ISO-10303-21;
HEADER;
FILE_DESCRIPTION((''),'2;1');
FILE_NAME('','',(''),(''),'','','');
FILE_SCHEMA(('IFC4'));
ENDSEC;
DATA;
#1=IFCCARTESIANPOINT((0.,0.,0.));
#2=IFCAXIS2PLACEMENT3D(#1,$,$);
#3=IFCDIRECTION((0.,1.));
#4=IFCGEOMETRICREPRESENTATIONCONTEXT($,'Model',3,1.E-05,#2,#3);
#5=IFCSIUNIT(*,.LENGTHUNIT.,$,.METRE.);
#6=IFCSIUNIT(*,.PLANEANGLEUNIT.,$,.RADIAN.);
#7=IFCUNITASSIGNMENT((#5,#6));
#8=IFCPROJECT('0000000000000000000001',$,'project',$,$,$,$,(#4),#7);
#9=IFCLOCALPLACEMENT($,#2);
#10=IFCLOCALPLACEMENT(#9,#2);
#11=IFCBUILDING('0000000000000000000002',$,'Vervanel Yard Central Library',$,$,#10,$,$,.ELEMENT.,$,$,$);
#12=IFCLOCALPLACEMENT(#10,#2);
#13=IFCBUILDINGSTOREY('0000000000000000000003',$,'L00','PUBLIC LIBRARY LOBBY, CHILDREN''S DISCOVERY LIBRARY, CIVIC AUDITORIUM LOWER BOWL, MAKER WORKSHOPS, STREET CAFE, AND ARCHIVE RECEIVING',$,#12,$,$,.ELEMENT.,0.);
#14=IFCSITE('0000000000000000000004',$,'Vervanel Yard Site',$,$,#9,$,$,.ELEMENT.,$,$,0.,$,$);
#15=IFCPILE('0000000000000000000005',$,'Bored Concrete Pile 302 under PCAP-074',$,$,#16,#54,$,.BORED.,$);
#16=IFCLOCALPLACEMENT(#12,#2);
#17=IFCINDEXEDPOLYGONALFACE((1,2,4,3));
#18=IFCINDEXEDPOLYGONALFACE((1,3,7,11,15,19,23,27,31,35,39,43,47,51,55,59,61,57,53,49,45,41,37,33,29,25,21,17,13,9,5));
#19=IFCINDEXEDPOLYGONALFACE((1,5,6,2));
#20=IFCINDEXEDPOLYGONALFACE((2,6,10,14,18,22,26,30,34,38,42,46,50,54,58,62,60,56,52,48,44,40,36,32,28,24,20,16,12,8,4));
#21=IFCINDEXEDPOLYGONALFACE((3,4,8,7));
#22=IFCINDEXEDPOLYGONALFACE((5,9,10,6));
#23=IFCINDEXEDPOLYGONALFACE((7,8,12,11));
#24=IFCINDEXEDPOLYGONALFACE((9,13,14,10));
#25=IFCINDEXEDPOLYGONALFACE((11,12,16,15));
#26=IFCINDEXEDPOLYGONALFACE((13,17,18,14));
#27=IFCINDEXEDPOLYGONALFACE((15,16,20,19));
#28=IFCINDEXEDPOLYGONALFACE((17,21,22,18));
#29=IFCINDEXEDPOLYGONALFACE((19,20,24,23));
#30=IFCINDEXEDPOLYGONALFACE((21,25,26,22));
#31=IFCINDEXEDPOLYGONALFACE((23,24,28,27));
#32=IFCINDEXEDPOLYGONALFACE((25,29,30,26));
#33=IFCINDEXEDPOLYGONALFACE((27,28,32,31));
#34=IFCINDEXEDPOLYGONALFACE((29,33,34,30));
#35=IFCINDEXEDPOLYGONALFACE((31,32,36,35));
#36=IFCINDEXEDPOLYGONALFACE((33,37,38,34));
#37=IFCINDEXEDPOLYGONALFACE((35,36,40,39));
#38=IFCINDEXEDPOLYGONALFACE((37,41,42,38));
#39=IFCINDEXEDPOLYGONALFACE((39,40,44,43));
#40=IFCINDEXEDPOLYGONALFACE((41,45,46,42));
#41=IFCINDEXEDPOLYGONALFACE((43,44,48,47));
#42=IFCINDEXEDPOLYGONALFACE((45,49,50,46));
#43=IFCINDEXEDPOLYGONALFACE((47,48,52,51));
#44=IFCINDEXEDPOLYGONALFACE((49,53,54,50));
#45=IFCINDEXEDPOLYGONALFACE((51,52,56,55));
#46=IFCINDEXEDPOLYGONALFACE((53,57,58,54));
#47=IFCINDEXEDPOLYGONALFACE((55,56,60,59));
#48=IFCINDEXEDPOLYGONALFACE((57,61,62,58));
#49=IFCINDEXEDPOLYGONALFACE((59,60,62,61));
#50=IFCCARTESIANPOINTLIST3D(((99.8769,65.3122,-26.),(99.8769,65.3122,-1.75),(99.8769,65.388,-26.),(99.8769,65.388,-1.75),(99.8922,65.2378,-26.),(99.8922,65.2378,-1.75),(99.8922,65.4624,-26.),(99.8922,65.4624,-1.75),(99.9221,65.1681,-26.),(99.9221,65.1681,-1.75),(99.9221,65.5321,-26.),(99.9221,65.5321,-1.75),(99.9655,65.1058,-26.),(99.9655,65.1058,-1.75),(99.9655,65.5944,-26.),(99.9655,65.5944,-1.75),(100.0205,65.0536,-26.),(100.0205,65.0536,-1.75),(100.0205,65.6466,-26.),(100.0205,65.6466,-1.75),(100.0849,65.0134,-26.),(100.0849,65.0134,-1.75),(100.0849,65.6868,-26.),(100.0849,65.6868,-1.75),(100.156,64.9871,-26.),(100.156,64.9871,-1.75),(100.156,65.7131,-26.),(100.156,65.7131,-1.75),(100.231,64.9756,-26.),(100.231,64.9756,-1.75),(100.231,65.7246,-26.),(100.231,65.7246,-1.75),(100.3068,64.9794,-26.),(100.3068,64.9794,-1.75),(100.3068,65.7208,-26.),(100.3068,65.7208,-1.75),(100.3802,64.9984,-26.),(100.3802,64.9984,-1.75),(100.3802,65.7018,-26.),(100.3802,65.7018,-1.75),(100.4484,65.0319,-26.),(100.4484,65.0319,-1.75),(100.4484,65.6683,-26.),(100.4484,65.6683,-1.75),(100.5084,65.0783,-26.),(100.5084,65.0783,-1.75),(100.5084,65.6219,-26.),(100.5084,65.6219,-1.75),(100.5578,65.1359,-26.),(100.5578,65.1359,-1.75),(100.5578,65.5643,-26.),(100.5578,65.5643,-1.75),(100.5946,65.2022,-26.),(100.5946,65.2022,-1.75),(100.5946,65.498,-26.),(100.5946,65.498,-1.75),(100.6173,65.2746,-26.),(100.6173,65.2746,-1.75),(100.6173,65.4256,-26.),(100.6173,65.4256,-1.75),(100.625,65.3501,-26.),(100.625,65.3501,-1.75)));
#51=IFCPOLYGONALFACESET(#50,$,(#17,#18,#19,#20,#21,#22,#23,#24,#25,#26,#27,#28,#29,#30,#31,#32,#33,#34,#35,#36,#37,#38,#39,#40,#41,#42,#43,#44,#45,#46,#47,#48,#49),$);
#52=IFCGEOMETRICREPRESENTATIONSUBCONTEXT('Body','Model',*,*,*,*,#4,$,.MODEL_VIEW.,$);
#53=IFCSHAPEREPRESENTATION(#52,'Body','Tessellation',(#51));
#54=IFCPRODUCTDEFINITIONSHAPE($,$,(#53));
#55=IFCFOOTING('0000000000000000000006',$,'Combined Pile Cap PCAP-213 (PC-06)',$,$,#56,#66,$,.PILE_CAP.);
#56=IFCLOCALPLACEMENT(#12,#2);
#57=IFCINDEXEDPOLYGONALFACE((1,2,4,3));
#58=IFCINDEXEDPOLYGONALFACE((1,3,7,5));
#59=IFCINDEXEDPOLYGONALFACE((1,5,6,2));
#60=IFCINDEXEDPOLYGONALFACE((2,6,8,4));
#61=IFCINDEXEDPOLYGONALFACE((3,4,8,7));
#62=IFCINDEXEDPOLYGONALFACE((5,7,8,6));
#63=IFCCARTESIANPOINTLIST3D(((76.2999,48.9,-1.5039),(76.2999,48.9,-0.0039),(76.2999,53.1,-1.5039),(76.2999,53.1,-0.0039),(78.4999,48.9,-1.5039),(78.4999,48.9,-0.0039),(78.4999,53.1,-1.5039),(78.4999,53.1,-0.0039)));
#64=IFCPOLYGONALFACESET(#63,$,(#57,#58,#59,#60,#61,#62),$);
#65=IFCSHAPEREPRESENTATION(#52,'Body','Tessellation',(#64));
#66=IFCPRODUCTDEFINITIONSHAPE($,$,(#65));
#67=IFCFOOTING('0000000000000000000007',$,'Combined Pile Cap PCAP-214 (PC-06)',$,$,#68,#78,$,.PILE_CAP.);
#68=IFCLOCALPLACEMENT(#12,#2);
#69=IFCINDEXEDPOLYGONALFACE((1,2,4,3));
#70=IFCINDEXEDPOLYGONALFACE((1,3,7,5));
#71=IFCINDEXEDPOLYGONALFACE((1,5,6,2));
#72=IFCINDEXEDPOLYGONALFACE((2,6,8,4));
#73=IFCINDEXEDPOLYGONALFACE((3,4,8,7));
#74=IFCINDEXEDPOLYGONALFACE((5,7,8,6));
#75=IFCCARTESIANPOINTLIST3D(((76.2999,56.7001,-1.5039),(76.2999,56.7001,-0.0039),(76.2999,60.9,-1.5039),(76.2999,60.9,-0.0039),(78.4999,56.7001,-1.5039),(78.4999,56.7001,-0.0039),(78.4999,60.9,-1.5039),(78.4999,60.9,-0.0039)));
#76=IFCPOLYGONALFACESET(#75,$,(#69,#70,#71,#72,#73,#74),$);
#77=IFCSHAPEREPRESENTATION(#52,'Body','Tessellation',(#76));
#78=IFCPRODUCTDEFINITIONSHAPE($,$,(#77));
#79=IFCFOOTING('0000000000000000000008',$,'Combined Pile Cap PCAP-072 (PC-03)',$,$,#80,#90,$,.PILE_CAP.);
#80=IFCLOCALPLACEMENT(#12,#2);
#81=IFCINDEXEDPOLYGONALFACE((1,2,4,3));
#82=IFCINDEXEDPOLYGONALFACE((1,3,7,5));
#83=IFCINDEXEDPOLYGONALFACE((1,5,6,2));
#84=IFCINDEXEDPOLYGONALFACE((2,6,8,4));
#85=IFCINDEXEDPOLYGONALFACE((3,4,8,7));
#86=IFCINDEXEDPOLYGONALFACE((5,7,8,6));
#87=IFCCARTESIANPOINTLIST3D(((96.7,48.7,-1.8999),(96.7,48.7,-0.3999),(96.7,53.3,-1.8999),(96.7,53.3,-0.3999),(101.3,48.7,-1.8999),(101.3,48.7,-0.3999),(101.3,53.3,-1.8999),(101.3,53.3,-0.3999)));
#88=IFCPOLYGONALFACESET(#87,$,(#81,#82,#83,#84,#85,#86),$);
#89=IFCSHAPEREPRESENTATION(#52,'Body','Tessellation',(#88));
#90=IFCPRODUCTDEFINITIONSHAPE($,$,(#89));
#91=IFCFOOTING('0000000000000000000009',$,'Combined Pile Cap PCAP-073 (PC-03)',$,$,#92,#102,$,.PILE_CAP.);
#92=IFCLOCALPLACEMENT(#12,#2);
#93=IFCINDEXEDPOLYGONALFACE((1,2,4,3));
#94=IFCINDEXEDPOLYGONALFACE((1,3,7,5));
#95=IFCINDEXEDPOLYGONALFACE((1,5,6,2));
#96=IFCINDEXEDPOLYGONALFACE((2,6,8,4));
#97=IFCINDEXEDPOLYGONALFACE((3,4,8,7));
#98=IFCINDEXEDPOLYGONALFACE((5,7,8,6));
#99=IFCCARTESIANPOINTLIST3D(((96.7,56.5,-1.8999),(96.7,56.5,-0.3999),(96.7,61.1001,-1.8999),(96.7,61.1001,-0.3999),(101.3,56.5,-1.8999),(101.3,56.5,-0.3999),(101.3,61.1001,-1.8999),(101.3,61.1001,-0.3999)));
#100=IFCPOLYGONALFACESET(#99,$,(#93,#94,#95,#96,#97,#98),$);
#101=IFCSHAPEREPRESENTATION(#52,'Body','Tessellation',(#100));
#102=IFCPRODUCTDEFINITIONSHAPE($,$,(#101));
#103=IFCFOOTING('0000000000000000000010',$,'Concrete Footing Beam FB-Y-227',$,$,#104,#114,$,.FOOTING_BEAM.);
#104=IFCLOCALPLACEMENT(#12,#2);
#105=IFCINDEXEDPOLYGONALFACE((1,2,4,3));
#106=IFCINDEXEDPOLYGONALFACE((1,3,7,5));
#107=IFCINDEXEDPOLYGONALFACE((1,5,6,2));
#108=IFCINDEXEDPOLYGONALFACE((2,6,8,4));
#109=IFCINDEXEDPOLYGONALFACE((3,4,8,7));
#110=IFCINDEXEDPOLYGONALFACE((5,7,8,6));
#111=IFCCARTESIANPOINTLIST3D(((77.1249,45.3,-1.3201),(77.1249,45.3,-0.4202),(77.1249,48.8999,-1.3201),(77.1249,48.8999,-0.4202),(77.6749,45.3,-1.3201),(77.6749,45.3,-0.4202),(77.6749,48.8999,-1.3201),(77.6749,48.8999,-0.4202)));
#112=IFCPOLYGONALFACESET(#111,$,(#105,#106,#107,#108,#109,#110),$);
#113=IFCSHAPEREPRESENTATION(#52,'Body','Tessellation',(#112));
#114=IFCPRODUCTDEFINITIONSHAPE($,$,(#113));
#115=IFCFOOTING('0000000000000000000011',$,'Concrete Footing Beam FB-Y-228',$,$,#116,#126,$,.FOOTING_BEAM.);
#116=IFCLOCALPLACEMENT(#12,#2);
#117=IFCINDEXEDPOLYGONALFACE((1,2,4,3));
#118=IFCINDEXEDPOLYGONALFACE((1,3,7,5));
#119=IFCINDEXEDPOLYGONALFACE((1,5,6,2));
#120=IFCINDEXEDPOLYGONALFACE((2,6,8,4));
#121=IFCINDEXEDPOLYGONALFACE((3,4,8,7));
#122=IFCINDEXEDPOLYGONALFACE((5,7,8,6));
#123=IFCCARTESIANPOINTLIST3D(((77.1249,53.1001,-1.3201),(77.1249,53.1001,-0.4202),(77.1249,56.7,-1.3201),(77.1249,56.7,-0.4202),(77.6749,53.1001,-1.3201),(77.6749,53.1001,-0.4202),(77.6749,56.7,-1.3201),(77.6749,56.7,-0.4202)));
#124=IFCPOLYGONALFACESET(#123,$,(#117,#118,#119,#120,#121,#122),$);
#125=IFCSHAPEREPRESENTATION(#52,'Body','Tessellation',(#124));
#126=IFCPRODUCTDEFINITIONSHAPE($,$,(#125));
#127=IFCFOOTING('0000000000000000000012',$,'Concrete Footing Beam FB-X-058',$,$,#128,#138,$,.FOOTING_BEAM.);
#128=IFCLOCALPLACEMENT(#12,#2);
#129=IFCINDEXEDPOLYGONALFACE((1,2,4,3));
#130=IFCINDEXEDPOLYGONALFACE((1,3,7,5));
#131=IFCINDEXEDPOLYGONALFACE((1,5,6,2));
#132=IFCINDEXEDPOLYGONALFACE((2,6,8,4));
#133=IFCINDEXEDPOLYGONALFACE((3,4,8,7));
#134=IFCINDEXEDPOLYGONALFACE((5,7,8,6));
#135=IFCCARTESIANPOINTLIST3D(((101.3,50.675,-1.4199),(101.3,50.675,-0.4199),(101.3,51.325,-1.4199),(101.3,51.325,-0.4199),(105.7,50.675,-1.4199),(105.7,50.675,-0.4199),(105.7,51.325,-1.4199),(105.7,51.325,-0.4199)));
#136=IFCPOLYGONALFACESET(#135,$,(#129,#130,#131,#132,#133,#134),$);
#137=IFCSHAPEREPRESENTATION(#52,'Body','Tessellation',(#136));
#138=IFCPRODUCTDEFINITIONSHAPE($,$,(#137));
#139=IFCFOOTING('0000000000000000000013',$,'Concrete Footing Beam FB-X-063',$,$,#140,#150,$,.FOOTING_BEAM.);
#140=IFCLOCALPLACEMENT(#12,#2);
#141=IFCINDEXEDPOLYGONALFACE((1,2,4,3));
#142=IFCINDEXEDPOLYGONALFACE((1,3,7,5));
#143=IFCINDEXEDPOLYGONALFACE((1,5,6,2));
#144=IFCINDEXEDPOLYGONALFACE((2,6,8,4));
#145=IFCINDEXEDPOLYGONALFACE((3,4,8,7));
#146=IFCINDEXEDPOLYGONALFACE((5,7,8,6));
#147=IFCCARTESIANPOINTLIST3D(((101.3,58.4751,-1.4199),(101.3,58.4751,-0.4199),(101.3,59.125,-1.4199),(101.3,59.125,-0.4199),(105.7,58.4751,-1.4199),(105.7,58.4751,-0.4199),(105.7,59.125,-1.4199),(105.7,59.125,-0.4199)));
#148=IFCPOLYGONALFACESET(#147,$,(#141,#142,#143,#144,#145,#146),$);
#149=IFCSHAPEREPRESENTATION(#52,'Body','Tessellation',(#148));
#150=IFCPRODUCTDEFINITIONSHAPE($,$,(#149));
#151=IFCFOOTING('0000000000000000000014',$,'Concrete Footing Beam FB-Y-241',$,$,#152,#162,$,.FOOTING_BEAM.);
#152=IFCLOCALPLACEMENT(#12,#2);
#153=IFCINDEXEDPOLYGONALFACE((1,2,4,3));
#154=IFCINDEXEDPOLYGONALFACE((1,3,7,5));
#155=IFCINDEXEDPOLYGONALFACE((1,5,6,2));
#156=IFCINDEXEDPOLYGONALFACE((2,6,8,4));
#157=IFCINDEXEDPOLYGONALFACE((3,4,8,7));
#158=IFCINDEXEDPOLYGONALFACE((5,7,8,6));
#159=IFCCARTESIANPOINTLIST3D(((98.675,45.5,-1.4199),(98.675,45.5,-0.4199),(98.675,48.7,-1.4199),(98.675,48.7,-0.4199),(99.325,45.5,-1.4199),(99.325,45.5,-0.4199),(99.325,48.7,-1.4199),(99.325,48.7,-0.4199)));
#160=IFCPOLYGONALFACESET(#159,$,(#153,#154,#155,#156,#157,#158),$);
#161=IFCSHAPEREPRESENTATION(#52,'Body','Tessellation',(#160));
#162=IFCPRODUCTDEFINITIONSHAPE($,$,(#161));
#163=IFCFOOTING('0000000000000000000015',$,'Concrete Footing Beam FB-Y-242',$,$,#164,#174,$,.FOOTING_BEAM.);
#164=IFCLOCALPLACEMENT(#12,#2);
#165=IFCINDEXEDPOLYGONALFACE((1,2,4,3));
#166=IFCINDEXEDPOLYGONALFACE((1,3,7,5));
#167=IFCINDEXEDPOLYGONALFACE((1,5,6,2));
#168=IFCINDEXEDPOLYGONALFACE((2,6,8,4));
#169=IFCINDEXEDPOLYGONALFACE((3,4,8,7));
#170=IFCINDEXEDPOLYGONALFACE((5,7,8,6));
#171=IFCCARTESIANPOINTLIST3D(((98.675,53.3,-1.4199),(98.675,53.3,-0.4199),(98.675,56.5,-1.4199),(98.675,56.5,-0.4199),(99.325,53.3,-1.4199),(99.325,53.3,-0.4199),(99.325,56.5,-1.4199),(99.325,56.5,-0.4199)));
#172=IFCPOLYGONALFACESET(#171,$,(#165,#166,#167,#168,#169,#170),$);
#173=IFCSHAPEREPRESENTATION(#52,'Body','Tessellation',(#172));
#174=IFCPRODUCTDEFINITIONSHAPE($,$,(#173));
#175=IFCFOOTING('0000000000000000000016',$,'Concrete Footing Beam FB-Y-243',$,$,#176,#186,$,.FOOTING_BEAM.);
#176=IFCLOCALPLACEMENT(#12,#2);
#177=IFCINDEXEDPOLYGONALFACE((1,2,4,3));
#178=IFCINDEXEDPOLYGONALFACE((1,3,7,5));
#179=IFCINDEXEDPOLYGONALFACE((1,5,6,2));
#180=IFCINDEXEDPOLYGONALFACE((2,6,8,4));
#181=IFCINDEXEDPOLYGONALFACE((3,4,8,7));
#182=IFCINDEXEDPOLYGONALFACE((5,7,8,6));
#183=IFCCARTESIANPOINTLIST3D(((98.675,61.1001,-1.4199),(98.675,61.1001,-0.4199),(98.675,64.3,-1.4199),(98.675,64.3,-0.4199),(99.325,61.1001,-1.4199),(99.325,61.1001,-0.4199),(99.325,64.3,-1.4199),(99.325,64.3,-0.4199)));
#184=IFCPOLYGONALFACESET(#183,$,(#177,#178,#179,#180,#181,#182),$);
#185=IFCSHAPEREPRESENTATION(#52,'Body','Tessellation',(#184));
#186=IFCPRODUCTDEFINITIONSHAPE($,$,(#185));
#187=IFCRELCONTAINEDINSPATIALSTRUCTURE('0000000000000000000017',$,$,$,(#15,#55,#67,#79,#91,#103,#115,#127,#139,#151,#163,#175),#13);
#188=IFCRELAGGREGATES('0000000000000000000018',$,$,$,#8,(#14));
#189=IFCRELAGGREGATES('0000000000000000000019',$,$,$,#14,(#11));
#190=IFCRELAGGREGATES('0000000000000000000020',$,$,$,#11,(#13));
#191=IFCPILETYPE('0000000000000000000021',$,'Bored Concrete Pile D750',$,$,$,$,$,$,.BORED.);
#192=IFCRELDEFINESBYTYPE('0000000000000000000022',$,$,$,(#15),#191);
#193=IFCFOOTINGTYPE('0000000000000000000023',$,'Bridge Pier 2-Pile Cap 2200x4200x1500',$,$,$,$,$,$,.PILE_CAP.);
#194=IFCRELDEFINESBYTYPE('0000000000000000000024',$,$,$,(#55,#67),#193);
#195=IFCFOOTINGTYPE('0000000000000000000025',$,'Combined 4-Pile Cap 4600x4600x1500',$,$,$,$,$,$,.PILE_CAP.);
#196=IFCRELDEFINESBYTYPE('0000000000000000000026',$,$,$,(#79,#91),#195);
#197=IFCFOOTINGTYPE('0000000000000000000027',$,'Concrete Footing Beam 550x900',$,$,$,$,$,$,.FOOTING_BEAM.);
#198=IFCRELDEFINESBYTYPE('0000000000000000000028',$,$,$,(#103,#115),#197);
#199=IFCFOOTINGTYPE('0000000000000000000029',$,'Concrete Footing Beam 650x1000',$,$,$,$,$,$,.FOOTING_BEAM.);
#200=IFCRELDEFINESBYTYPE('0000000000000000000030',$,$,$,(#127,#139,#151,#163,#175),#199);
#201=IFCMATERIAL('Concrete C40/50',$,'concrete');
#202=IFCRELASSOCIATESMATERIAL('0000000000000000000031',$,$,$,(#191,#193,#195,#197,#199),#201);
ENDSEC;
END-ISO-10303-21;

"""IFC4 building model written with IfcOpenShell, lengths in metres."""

from ifc_helpers import new_model, si_unit, direction, frame, origin, origin_2d, place, context, subcontext, project, spatial, rectangle, circle, extrude, material, material_profile, profile_set, type_object, element, save


model = new_model("IFC4")

# Units and contexts
model_context = context("Model", 3, precision=1e-05, world=origin(), true_north=direction((0.0, 1.0)))
body_context = subcontext(model_context, "Body", "Model", "MODEL_VIEW")
ifc_project = project(units=[si_unit("LENGTHUNIT", "METRE"), si_unit("PLANEANGLEUNIT", "RADIAN")], contexts=[model_context])

# Site, building, storey
site_placement = place(None, origin())
site = spatial("IfcSite", under=ifc_project, at=site_placement, Name="Vervanel Yard Site", CompositionType="ELEMENT", RefElevation=0.0)
building_placement = place(site_placement, origin())
building = spatial("IfcBuilding", under=site, at=building_placement, Name="Vervanel Yard Central Library", CompositionType="ELEMENT")
storey_placement = place(building_placement, origin())
storey = spatial("IfcBuildingStorey", under=building, at=storey_placement, Name="L00", Description="PUBLIC LIBRARY LOBBY, CHILDREN'S DISCOVERY LIBRARY, CIVIC AUDITORIUM LOWER BOWL, MAKER WORKSHOPS, STREET CAFE, AND ARCHIVE RECEIVING", CompositionType="ELEMENT", Elevation=0.0)

# Pile
ifc_material_1 = material(Name="Concrete C40/50", Category="concrete")
ifc_material_profile_1 = material_profile(ifc_material_1, circle(Radius=0.375, at=origin_2d()), Name="BP D750", Category="concrete")
ifc_profile_set_1 = profile_set([ifc_material_profile_1], Name="Concrete C40/50")
pile_type_1 = type_object("IfcPileType", Name="Bored Concrete Pile D750", PredefinedType="BORED", material=ifc_profile_set_1)
for number, where, z_axis, x_axis, name in (
    (1, (100.25, 65.3501, -1.75), (0.0, 0.0, -1.0), (1.0, 0.0, 0.0), "Bored Concrete Pile 302 under PCAP-074"),
):
    element("IfcPile", number, at=place(storey_placement, frame(where, z_axis=z_axis, x_axis=x_axis)), inside=storey, type_object=pile_type_1, Name=name, PredefinedType="BORED", context=body_context, shape_type="SweptSolid", body=[
        extrude(circle(Radius=0.375, at=origin_2d()), origin(), (0.0, 0.0, 1.0), 24.25),
    ])

# Footings
footing_type_1 = type_object("IfcFootingType", Name="Bridge Pier 2-Pile Cap 2200x4200x1500", PredefinedType="PILE_CAP", material=ifc_material_1)
for number, where, z_axis, x_axis, name in (
    (2, (77.3999, 51.0, -1.5039), (0.0, 0.0, 1.0), (1.0, 0.0, 0.0), "Combined Pile Cap PCAP-213 (PC-06)"),
    (3, (77.3999, 58.8, -1.5039), (0.0, 0.0, 1.0), (1.0, 0.0, 0.0), "Combined Pile Cap PCAP-214 (PC-06)"),
):
    element("IfcFooting", number, at=place(storey_placement, frame(where, z_axis=z_axis, x_axis=x_axis)), inside=storey, type_object=footing_type_1, Name=name, PredefinedType="PILE_CAP", context=body_context, shape_type="SweptSolid", body=[
        extrude(rectangle(XDim=2.2, YDim=4.2, at=origin_2d()), origin(), (0.0, 0.0, 1.0), 1.5),
    ])
footing_type_2 = type_object("IfcFootingType", Name="Combined 4-Pile Cap 4600x4600x1500", PredefinedType="PILE_CAP", material=ifc_material_1)
for number, where, z_axis, x_axis, name in (
    (4, (99.0, 51.0, -1.8999), (0.0, 0.0, 1.0), (1.0, 0.0, 0.0), "Combined Pile Cap PCAP-072 (PC-03)"),
    (5, (99.0, 58.8, -1.8999), (0.0, 0.0, 1.0), (1.0, 0.0, 0.0), "Combined Pile Cap PCAP-073 (PC-03)"),
):
    element("IfcFooting", number, at=place(storey_placement, frame(where, z_axis=z_axis, x_axis=x_axis)), inside=storey, type_object=footing_type_2, Name=name, PredefinedType="PILE_CAP", context=body_context, shape_type="SweptSolid", body=[
        extrude(rectangle(XDim=4.6001, YDim=4.6001, at=origin_2d()), origin(), (0.0, 0.0, 1.0), 1.5),
    ])
ifc_material_profile_2 = material_profile(ifc_material_1, rectangle(XDim=0.55, YDim=0.8999, at=origin_2d()), Name="RC 550x900", Category="concrete")
ifc_profile_set_2 = profile_set([ifc_material_profile_2], Name="Concrete C40/50")
footing_type_3 = type_object("IfcFootingType", Name="Concrete Footing Beam 550x900", PredefinedType="FOOTING_BEAM", material=ifc_profile_set_2)
for number, where, z_axis, x_axis, name in (
    (6, (77.3999, 45.3, -0.8701), (0.0, 1.0, 0.0), (-1.0, 0.0, 0.0), "Concrete Footing Beam FB-Y-227"),
    (7, (77.3999, 53.1001, -0.8701), (0.0, 1.0, 0.0), (-1.0, 0.0, 0.0), "Concrete Footing Beam FB-Y-228"),
):
    element("IfcFooting", number, at=place(storey_placement, frame(where, z_axis=z_axis, x_axis=x_axis)), inside=storey, type_object=footing_type_3, Name=name, PredefinedType="FOOTING_BEAM", context=body_context, shape_type="SweptSolid", body=[
        extrude(rectangle(XDim=0.55, YDim=0.8999, at=origin_2d()), origin(), (0.0, 0.0, 1.0), 3.5999),
    ])
ifc_material_profile_3 = material_profile(ifc_material_1, rectangle(XDim=0.6499, YDim=1.0, at=origin_2d()), Name="RC 650x1000", Category="concrete")
ifc_profile_set_3 = profile_set([ifc_material_profile_3], Name="Concrete C40/50")
footing_type_4 = type_object("IfcFootingType", Name="Concrete Footing Beam 650x1000", PredefinedType="FOOTING_BEAM", material=ifc_profile_set_3)
for number, where, z_axis, x_axis, name in (
    (8, (101.3, 51.0, -0.9199), (1.0, 0.0, 0.0), (0.0, 1.0, 0.0), "Concrete Footing Beam FB-X-058"),
    (9, (101.3, 58.8, -0.9199), (1.0, 0.0, 0.0), (0.0, 1.0, 0.0), "Concrete Footing Beam FB-X-063"),
):
    element("IfcFooting", number, at=place(storey_placement, frame(where, z_axis=z_axis, x_axis=x_axis)), inside=storey, type_object=footing_type_4, Name=name, PredefinedType="FOOTING_BEAM", context=body_context, shape_type="SweptSolid", body=[
        extrude(rectangle(XDim=0.6499, YDim=1.0, at=origin_2d()), origin(), (0.0, 0.0, 1.0), 4.3999),
    ])
for number, where, z_axis, x_axis, name in (
    (10, (99.0, 45.5, -0.9199), (0.0, 1.0, 0.0), (-1.0, 0.0, 0.0), "Concrete Footing Beam FB-Y-241"),
    (11, (99.0, 53.3, -0.9199), (0.0, 1.0, 0.0), (-1.0, 0.0, 0.0), "Concrete Footing Beam FB-Y-242"),
    (12, (99.0, 61.1001, -0.9199), (0.0, 1.0, 0.0), (-1.0, 0.0, 0.0), "Concrete Footing Beam FB-Y-243"),
):
    element("IfcFooting", number, at=place(storey_placement, frame(where, z_axis=z_axis, x_axis=x_axis)), inside=storey, type_object=footing_type_4, Name=name, PredefinedType="FOOTING_BEAM", context=body_context, shape_type="SweptSolid", body=[
        extrude(rectangle(XDim=0.6499, YDim=1.0, at=origin_2d()), origin(), (0.0, 0.0, 1.0), 3.2),
    ])

save(model, "model.ifc")
